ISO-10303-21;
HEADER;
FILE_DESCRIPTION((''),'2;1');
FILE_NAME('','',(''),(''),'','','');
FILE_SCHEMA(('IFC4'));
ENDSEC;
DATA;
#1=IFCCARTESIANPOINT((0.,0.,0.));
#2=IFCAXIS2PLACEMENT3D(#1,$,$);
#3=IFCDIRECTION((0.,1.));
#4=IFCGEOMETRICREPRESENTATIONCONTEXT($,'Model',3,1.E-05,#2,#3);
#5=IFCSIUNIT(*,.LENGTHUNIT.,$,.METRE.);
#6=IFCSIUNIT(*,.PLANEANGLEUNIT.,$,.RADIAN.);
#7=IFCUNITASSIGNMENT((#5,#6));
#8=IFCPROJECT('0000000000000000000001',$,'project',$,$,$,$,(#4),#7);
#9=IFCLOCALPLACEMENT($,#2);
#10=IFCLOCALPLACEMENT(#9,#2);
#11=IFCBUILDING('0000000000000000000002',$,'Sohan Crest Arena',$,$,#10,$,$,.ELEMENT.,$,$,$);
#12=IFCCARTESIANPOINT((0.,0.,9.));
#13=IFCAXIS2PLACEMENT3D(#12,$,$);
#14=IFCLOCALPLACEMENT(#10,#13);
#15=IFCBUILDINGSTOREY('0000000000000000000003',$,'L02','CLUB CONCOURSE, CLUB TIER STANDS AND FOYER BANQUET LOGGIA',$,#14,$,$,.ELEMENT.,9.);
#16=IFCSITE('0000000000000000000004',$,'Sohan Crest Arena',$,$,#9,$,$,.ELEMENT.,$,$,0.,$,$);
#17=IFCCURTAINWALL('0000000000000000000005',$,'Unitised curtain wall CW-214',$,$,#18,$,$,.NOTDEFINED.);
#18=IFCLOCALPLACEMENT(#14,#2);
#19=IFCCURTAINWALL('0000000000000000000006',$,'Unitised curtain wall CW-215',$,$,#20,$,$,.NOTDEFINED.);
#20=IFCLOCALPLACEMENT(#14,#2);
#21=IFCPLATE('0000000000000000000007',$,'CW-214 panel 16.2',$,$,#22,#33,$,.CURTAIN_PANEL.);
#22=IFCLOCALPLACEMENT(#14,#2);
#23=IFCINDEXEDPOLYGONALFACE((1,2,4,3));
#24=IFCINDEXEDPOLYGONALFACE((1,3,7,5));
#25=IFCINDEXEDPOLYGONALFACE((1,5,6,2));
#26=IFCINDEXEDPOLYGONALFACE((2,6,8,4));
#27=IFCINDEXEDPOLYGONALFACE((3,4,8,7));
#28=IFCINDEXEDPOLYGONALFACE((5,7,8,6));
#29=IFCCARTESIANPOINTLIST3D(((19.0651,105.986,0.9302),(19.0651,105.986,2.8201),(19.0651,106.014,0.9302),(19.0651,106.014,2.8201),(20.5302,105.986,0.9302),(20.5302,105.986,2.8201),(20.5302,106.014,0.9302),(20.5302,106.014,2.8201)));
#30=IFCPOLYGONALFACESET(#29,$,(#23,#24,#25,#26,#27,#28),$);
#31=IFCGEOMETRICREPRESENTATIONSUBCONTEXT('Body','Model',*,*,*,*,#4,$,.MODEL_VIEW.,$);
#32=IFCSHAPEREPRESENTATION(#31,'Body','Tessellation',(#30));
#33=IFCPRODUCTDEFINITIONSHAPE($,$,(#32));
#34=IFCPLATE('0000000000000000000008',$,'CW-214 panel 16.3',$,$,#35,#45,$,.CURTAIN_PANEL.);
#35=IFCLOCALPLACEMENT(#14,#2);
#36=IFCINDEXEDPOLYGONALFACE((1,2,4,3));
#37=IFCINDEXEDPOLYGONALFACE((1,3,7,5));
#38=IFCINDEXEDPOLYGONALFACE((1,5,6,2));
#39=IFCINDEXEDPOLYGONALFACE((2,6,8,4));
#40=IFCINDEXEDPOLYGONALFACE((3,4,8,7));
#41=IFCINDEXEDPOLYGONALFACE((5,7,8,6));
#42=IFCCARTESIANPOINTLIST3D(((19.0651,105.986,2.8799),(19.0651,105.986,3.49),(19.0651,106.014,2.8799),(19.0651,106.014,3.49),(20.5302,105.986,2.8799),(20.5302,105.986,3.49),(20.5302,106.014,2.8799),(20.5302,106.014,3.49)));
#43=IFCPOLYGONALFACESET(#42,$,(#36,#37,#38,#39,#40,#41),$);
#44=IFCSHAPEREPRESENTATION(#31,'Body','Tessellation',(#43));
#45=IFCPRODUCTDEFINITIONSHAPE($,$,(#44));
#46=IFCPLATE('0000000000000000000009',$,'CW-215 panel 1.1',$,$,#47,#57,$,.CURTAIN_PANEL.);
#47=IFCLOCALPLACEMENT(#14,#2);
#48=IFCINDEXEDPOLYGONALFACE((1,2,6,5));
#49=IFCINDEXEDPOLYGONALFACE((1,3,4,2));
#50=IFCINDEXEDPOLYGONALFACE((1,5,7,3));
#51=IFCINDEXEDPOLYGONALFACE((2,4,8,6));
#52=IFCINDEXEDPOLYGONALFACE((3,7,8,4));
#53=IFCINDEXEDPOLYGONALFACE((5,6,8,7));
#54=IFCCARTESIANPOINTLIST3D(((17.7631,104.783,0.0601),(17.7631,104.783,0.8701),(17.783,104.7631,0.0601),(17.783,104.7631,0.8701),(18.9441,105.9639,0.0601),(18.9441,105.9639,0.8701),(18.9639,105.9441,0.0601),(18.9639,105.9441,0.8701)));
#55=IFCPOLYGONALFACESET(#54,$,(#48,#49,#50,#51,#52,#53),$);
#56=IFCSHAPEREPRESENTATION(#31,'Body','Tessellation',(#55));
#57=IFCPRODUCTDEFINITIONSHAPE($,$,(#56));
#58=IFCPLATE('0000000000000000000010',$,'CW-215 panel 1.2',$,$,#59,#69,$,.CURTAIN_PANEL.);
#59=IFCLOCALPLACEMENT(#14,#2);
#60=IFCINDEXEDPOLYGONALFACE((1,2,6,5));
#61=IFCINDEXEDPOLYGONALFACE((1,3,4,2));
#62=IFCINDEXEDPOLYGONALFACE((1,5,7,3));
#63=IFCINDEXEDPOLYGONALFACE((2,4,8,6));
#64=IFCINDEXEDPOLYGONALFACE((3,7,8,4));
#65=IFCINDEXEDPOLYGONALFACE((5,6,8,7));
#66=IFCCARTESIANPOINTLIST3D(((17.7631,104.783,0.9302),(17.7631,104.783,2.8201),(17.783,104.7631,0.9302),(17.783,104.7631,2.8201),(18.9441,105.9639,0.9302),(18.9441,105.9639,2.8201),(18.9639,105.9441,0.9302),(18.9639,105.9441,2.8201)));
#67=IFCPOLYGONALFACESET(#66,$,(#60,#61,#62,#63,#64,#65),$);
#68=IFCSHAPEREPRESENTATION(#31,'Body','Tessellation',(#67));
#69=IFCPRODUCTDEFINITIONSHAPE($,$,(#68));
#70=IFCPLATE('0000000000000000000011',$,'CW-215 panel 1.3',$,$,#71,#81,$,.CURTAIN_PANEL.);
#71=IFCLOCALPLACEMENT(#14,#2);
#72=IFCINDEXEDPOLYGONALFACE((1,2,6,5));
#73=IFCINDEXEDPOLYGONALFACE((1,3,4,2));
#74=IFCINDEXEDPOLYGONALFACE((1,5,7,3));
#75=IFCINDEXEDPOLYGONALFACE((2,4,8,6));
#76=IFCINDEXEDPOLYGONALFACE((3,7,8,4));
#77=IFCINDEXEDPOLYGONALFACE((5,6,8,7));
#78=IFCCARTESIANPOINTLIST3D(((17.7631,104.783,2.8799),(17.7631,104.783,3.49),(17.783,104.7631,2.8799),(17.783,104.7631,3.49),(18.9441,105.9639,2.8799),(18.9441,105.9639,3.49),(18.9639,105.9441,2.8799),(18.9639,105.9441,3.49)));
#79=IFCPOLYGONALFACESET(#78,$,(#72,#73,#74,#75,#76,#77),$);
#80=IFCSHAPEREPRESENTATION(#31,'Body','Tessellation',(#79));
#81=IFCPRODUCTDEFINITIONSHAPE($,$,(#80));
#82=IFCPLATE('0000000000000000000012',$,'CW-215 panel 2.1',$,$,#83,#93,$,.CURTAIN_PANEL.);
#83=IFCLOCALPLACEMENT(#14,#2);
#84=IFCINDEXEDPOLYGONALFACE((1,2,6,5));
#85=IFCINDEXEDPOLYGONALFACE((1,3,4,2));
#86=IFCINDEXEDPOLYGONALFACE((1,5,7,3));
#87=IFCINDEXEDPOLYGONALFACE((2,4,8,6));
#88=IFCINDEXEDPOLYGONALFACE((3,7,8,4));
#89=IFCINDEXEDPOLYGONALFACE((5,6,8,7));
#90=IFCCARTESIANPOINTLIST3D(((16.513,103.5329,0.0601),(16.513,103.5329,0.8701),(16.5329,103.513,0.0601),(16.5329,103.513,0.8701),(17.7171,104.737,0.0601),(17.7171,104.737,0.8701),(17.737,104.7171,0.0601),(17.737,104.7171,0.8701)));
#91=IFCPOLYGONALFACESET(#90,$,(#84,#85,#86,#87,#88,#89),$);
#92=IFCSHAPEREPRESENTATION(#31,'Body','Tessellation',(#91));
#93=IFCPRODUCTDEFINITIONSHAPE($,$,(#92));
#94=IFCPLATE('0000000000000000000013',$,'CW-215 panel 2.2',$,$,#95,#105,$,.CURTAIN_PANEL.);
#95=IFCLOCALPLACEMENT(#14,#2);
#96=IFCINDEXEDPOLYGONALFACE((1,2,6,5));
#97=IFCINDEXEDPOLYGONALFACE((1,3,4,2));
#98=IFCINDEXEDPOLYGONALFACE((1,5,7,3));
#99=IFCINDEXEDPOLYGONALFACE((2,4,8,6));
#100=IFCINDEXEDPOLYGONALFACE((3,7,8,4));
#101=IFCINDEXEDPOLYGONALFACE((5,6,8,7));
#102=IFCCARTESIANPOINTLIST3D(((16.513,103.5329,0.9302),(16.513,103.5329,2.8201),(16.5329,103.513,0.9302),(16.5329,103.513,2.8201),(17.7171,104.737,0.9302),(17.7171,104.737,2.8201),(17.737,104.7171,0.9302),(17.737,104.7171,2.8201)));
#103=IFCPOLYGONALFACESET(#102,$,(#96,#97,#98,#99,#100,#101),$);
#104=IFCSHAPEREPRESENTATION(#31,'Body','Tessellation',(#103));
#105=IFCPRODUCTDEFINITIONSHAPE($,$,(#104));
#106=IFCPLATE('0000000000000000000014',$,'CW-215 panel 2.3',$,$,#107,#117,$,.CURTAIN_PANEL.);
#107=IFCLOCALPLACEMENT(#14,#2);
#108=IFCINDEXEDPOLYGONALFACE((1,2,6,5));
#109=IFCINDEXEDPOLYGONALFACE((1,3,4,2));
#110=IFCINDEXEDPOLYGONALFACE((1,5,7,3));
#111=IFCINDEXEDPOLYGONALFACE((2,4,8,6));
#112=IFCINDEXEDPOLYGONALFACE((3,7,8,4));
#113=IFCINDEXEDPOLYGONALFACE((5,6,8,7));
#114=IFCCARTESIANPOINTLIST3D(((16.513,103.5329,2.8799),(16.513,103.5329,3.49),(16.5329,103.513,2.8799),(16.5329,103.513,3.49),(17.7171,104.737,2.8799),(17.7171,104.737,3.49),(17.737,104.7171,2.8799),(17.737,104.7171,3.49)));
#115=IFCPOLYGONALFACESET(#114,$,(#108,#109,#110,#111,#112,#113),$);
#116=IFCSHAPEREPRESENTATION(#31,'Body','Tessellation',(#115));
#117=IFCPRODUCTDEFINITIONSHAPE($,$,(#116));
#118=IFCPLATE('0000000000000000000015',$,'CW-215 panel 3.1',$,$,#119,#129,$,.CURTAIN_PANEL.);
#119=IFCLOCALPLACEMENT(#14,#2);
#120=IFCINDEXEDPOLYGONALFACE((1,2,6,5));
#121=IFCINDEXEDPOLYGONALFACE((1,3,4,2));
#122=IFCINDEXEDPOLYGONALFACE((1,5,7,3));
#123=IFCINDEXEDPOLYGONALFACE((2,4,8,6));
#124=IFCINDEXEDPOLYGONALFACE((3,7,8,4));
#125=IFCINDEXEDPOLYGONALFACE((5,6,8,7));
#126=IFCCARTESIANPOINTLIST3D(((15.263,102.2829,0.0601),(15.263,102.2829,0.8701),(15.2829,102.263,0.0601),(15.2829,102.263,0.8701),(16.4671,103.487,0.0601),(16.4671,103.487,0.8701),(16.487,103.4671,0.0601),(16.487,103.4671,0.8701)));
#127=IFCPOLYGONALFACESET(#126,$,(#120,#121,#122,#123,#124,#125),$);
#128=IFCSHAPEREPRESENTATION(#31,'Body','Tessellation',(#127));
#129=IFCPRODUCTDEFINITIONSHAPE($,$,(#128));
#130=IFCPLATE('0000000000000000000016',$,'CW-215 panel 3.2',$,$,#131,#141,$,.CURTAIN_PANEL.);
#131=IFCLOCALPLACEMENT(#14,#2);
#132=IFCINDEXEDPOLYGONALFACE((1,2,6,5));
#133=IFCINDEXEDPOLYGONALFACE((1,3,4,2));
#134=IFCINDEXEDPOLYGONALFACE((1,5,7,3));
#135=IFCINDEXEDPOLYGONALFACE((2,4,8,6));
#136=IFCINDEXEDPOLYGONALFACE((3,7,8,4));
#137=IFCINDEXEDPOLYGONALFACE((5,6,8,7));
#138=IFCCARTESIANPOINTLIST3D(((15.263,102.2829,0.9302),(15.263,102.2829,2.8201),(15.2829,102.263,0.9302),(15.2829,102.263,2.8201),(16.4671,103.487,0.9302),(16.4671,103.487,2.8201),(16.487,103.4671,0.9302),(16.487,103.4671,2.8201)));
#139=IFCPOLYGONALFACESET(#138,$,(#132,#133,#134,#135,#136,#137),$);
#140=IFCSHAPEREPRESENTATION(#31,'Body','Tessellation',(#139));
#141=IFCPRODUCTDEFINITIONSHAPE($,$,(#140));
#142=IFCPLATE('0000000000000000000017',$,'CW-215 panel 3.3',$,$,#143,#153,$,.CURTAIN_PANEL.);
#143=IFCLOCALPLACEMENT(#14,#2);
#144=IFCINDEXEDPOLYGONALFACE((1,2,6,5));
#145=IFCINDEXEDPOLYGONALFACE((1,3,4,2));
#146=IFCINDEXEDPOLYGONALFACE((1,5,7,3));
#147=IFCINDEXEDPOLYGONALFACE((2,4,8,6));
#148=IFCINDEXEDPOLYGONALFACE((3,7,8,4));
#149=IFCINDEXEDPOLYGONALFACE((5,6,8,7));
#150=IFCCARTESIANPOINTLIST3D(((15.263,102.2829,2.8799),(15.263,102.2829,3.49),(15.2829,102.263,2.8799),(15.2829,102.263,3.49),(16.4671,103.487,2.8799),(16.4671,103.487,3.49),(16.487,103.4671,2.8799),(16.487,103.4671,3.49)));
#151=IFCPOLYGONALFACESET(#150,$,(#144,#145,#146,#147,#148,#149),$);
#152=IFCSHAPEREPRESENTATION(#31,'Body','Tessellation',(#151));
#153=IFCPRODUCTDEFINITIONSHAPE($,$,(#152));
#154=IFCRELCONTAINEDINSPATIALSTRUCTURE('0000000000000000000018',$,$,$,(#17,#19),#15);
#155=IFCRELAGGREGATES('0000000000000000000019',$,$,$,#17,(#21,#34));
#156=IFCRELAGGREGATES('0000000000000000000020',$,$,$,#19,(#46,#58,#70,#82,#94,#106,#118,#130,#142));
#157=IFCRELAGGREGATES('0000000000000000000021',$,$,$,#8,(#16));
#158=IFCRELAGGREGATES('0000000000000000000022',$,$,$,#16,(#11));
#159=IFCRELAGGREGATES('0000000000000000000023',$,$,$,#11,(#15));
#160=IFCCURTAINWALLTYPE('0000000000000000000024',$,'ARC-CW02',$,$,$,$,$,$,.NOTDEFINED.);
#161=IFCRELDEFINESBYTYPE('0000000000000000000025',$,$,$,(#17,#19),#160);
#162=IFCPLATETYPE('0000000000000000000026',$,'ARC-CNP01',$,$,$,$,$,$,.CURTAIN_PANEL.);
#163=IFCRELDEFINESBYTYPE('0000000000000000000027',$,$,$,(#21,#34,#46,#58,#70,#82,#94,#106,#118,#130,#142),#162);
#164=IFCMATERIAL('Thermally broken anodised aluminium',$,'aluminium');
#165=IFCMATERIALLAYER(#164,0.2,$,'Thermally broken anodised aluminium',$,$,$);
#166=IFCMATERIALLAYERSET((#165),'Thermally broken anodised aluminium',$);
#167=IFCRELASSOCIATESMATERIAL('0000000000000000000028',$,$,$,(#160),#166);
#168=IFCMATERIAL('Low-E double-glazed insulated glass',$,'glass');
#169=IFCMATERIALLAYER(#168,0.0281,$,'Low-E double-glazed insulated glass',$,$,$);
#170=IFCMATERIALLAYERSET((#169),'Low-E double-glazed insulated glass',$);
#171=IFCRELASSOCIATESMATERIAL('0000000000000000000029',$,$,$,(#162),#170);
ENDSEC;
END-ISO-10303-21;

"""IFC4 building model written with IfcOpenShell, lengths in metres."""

from ifc_helpers import new_model, si_unit, direction, frame, origin, origin_2d, place, context, subcontext, project, spatial, rectangle, extrude, material, layer, layer_set, type_object, element, aggregate, save


model = new_model("IFC4")

# Units and contexts
model_context = context("Model", 3, precision=1e-05, world=origin(), true_north=direction((0.0, 1.0)))
body_context = subcontext(model_context, "Body", "Model", "MODEL_VIEW")
ifc_project = project(units=[si_unit("LENGTHUNIT", "METRE"), si_unit("PLANEANGLEUNIT", "RADIAN")], contexts=[model_context])

# Site, building, storey
site_placement = place(None, origin())
site = spatial("IfcSite", under=ifc_project, at=site_placement, Name="Sohan Crest Arena", CompositionType="ELEMENT", RefElevation=0.0)
building_placement = place(site_placement, origin())
building = spatial("IfcBuilding", under=site, at=building_placement, Name="Sohan Crest Arena", CompositionType="ELEMENT")
storey_placement = place(building_placement, frame((0.0, 0.0, 9.0)))
storey = spatial("IfcBuildingStorey", under=building, at=storey_placement, Name="L02", Description="CLUB CONCOURSE, CLUB TIER STANDS AND FOYER BANQUET LOGGIA", CompositionType="ELEMENT", Elevation=9.0)

# Curtain wall
ifc_material_1 = material(Name="Thermally broken anodised aluminium", Category="aluminium")
ifc_layer_1 = layer(ifc_material_1, 0.2, Name="Thermally broken anodised aluminium")
ifc_layer_set_1 = layer_set([ifc_layer_1], Name="Thermally broken anodised aluminium")
curtain_wall_type = type_object("IfcCurtainWallType", Name="ARC-CW02", PredefinedType="NOTDEFINED", material=ifc_layer_set_1)
curtain_wall_1_placement = place(storey_placement, origin())
curtain_wall_1 = element("IfcCurtainWall", 1, at=curtain_wall_1_placement, inside=storey, type_object=curtain_wall_type, Name="Unitised curtain wall CW-214", PredefinedType="NOTDEFINED")

# Curtain wall
curtain_wall_2_placement = place(storey_placement, origin())
curtain_wall_2 = element("IfcCurtainWall", 2, at=curtain_wall_2_placement, inside=storey, type_object=curtain_wall_type, Name="Unitised curtain wall CW-215", PredefinedType="NOTDEFINED")

# Plates
ifc_material_2 = material(Name="Low-E double-glazed insulated glass", Category="glass")
ifc_layer_2 = layer(ifc_material_2, 0.0281, Name="Low-E double-glazed insulated glass")
ifc_layer_set_2 = layer_set([ifc_layer_2], Name="Low-E double-glazed insulated glass")
plate_type = type_object("IfcPlateType", Name="ARC-CNP01", PredefinedType="CURTAIN_PANEL", material=ifc_layer_set_2)
plate_1_placement = place(storey_placement, frame((19.7976, 106.0, 0.9302), z_axis=(0.0, 0.0, 1.0), x_axis=(-1.0, 0.0, 0.0)))
plate_1 = element("IfcPlate", 3, at=plate_1_placement, type_object=plate_type, Name="CW-214 panel 16.2", PredefinedType="CURTAIN_PANEL", context=body_context, shape_type="SweptSolid", body=[
    extrude(rectangle(XDim=1.4651, YDim=0.0281, at=origin_2d()), origin(), (0.0, 0.0, 1.0), 1.8899),
])
plate_2_placement = place(storey_placement, frame((19.7976, 106.0, 2.8799), z_axis=(0.0, 0.0, 1.0), x_axis=(-1.0, 0.0, 0.0)))
plate_2 = element("IfcPlate", 4, at=plate_2_placement, type_object=plate_type, Name="CW-214 panel 16.3", PredefinedType="CURTAIN_PANEL", context=body_context, shape_type="SweptSolid", body=[
    extrude(rectangle(XDim=1.4651, YDim=0.0281, at=origin_2d()), origin(), (0.0, 0.0, 1.0), 0.6101),
])
aggregate(curtain_wall_1, [plate_1, plate_2])
plate_3_placement = place(storey_placement, frame((18.3635, 105.3635, 0.0601), z_axis=(0.0, 0.0, 1.0), x_axis=(-0.707107, -0.707107, 0.0)))
plate_3 = element("IfcPlate", 5, at=plate_3_placement, type_object=plate_type, Name="CW-215 panel 1.1", PredefinedType="CURTAIN_PANEL", context=body_context, shape_type="SweptSolid", body=[
    extrude(rectangle(XDim=1.6702, YDim=0.0281, at=origin_2d()), origin(), (0.0, 0.0, 1.0), 0.8101),
])
plate_4_placement = place(storey_placement, frame((18.3635, 105.3635, 0.9302), z_axis=(0.0, 0.0, 1.0), x_axis=(-0.707107, -0.707107, 0.0)))
plate_4 = element("IfcPlate", 6, at=plate_4_placement, type_object=plate_type, Name="CW-215 panel 1.2", PredefinedType="CURTAIN_PANEL", context=body_context, shape_type="SweptSolid", body=[
    extrude(rectangle(XDim=1.6702, YDim=0.0281, at=origin_2d()), origin(), (0.0, 0.0, 1.0), 1.8899),
])
plate_5_placement = place(storey_placement, frame((18.3635, 105.3635, 2.8799), z_axis=(0.0, 0.0, 1.0), x_axis=(-0.707107, -0.707107, 0.0)))
plate_5 = element("IfcPlate", 7, at=plate_5_placement, type_object=plate_type, Name="CW-215 panel 1.3", PredefinedType="CURTAIN_PANEL", context=body_context, shape_type="SweptSolid", body=[
    extrude(rectangle(XDim=1.6702, YDim=0.0281, at=origin_2d()), origin(), (0.0, 0.0, 1.0), 0.6101),
])
plate_6_placement = place(storey_placement, frame((17.125, 104.125, 0.0601), z_axis=(0.0, 0.0, 1.0), x_axis=(-0.707107, -0.707107, 0.0)))
plate_6 = element("IfcPlate", 8, at=plate_6_placement, type_object=plate_type, Name="CW-215 panel 2.1", PredefinedType="CURTAIN_PANEL", context=body_context, shape_type="SweptSolid", body=[
    extrude(rectangle(XDim=1.7029, YDim=0.0281, at=origin_2d()), origin(), (0.0, 0.0, 1.0), 0.8101),
])
plate_7_placement = place(storey_placement, frame((17.125, 104.125, 0.9302), z_axis=(0.0, 0.0, 1.0), x_axis=(-0.707107, -0.707107, 0.0)))
plate_7 = element("IfcPlate", 9, at=plate_7_placement, type_object=plate_type, Name="CW-215 panel 2.2", PredefinedType="CURTAIN_PANEL", context=body_context, shape_type="SweptSolid", body=[
    extrude(rectangle(XDim=1.7029, YDim=0.0281, at=origin_2d()), origin(), (0.0, 0.0, 1.0), 1.8899),
])
plate_8_placement = place(storey_placement, frame((17.125, 104.125, 2.8799), z_axis=(0.0, 0.0, 1.0), x_axis=(-0.707107, -0.707107, 0.0)))
plate_8 = element("IfcPlate", 10, at=plate_8_placement, type_object=plate_type, Name="CW-215 panel 2.3", PredefinedType="CURTAIN_PANEL", context=body_context, shape_type="SweptSolid", body=[
    extrude(rectangle(XDim=1.7029, YDim=0.0281, at=origin_2d()), origin(), (0.0, 0.0, 1.0), 0.6101),
])
plate_9_placement = place(storey_placement, frame((15.875, 102.875, 0.0601), z_axis=(0.0, 0.0, 1.0), x_axis=(-0.707107, -0.707107, 0.0)))
plate_9 = element("IfcPlate", 11, at=plate_9_placement, type_object=plate_type, Name="CW-215 panel 3.1", PredefinedType="CURTAIN_PANEL", context=body_context, shape_type="SweptSolid", body=[
    extrude(rectangle(XDim=1.7029, YDim=0.0281, at=origin_2d()), origin(), (0.0, 0.0, 1.0), 0.8101),
])
plate_10_placement = place(storey_placement, frame((15.875, 102.875, 0.9302), z_axis=(0.0, 0.0, 1.0), x_axis=(-0.707107, -0.707107, 0.0)))
plate_10 = element("IfcPlate", 12, at=plate_10_placement, type_object=plate_type, Name="CW-215 panel 3.2", PredefinedType="CURTAIN_PANEL", context=body_context, shape_type="SweptSolid", body=[
    extrude(rectangle(XDim=1.7029, YDim=0.0281, at=origin_2d()), origin(), (0.0, 0.0, 1.0), 1.8899),
])
plate_11_placement = place(storey_placement, frame((15.875, 102.875, 2.8799), z_axis=(0.0, 0.0, 1.0), x_axis=(-0.707107, -0.707107, 0.0)))
plate_11 = element("IfcPlate", 13, at=plate_11_placement, type_object=plate_type, Name="CW-215 panel 3.3", PredefinedType="CURTAIN_PANEL", context=body_context, shape_type="SweptSolid", body=[
    extrude(rectangle(XDim=1.7029, YDim=0.0281, at=origin_2d()), origin(), (0.0, 0.0, 1.0), 0.6101),
])
aggregate(curtain_wall_2, [plate_3, plate_4, plate_5, plate_6, plate_7, plate_8, plate_9, plate_10, plate_11])

save(model, "model.ifc")
